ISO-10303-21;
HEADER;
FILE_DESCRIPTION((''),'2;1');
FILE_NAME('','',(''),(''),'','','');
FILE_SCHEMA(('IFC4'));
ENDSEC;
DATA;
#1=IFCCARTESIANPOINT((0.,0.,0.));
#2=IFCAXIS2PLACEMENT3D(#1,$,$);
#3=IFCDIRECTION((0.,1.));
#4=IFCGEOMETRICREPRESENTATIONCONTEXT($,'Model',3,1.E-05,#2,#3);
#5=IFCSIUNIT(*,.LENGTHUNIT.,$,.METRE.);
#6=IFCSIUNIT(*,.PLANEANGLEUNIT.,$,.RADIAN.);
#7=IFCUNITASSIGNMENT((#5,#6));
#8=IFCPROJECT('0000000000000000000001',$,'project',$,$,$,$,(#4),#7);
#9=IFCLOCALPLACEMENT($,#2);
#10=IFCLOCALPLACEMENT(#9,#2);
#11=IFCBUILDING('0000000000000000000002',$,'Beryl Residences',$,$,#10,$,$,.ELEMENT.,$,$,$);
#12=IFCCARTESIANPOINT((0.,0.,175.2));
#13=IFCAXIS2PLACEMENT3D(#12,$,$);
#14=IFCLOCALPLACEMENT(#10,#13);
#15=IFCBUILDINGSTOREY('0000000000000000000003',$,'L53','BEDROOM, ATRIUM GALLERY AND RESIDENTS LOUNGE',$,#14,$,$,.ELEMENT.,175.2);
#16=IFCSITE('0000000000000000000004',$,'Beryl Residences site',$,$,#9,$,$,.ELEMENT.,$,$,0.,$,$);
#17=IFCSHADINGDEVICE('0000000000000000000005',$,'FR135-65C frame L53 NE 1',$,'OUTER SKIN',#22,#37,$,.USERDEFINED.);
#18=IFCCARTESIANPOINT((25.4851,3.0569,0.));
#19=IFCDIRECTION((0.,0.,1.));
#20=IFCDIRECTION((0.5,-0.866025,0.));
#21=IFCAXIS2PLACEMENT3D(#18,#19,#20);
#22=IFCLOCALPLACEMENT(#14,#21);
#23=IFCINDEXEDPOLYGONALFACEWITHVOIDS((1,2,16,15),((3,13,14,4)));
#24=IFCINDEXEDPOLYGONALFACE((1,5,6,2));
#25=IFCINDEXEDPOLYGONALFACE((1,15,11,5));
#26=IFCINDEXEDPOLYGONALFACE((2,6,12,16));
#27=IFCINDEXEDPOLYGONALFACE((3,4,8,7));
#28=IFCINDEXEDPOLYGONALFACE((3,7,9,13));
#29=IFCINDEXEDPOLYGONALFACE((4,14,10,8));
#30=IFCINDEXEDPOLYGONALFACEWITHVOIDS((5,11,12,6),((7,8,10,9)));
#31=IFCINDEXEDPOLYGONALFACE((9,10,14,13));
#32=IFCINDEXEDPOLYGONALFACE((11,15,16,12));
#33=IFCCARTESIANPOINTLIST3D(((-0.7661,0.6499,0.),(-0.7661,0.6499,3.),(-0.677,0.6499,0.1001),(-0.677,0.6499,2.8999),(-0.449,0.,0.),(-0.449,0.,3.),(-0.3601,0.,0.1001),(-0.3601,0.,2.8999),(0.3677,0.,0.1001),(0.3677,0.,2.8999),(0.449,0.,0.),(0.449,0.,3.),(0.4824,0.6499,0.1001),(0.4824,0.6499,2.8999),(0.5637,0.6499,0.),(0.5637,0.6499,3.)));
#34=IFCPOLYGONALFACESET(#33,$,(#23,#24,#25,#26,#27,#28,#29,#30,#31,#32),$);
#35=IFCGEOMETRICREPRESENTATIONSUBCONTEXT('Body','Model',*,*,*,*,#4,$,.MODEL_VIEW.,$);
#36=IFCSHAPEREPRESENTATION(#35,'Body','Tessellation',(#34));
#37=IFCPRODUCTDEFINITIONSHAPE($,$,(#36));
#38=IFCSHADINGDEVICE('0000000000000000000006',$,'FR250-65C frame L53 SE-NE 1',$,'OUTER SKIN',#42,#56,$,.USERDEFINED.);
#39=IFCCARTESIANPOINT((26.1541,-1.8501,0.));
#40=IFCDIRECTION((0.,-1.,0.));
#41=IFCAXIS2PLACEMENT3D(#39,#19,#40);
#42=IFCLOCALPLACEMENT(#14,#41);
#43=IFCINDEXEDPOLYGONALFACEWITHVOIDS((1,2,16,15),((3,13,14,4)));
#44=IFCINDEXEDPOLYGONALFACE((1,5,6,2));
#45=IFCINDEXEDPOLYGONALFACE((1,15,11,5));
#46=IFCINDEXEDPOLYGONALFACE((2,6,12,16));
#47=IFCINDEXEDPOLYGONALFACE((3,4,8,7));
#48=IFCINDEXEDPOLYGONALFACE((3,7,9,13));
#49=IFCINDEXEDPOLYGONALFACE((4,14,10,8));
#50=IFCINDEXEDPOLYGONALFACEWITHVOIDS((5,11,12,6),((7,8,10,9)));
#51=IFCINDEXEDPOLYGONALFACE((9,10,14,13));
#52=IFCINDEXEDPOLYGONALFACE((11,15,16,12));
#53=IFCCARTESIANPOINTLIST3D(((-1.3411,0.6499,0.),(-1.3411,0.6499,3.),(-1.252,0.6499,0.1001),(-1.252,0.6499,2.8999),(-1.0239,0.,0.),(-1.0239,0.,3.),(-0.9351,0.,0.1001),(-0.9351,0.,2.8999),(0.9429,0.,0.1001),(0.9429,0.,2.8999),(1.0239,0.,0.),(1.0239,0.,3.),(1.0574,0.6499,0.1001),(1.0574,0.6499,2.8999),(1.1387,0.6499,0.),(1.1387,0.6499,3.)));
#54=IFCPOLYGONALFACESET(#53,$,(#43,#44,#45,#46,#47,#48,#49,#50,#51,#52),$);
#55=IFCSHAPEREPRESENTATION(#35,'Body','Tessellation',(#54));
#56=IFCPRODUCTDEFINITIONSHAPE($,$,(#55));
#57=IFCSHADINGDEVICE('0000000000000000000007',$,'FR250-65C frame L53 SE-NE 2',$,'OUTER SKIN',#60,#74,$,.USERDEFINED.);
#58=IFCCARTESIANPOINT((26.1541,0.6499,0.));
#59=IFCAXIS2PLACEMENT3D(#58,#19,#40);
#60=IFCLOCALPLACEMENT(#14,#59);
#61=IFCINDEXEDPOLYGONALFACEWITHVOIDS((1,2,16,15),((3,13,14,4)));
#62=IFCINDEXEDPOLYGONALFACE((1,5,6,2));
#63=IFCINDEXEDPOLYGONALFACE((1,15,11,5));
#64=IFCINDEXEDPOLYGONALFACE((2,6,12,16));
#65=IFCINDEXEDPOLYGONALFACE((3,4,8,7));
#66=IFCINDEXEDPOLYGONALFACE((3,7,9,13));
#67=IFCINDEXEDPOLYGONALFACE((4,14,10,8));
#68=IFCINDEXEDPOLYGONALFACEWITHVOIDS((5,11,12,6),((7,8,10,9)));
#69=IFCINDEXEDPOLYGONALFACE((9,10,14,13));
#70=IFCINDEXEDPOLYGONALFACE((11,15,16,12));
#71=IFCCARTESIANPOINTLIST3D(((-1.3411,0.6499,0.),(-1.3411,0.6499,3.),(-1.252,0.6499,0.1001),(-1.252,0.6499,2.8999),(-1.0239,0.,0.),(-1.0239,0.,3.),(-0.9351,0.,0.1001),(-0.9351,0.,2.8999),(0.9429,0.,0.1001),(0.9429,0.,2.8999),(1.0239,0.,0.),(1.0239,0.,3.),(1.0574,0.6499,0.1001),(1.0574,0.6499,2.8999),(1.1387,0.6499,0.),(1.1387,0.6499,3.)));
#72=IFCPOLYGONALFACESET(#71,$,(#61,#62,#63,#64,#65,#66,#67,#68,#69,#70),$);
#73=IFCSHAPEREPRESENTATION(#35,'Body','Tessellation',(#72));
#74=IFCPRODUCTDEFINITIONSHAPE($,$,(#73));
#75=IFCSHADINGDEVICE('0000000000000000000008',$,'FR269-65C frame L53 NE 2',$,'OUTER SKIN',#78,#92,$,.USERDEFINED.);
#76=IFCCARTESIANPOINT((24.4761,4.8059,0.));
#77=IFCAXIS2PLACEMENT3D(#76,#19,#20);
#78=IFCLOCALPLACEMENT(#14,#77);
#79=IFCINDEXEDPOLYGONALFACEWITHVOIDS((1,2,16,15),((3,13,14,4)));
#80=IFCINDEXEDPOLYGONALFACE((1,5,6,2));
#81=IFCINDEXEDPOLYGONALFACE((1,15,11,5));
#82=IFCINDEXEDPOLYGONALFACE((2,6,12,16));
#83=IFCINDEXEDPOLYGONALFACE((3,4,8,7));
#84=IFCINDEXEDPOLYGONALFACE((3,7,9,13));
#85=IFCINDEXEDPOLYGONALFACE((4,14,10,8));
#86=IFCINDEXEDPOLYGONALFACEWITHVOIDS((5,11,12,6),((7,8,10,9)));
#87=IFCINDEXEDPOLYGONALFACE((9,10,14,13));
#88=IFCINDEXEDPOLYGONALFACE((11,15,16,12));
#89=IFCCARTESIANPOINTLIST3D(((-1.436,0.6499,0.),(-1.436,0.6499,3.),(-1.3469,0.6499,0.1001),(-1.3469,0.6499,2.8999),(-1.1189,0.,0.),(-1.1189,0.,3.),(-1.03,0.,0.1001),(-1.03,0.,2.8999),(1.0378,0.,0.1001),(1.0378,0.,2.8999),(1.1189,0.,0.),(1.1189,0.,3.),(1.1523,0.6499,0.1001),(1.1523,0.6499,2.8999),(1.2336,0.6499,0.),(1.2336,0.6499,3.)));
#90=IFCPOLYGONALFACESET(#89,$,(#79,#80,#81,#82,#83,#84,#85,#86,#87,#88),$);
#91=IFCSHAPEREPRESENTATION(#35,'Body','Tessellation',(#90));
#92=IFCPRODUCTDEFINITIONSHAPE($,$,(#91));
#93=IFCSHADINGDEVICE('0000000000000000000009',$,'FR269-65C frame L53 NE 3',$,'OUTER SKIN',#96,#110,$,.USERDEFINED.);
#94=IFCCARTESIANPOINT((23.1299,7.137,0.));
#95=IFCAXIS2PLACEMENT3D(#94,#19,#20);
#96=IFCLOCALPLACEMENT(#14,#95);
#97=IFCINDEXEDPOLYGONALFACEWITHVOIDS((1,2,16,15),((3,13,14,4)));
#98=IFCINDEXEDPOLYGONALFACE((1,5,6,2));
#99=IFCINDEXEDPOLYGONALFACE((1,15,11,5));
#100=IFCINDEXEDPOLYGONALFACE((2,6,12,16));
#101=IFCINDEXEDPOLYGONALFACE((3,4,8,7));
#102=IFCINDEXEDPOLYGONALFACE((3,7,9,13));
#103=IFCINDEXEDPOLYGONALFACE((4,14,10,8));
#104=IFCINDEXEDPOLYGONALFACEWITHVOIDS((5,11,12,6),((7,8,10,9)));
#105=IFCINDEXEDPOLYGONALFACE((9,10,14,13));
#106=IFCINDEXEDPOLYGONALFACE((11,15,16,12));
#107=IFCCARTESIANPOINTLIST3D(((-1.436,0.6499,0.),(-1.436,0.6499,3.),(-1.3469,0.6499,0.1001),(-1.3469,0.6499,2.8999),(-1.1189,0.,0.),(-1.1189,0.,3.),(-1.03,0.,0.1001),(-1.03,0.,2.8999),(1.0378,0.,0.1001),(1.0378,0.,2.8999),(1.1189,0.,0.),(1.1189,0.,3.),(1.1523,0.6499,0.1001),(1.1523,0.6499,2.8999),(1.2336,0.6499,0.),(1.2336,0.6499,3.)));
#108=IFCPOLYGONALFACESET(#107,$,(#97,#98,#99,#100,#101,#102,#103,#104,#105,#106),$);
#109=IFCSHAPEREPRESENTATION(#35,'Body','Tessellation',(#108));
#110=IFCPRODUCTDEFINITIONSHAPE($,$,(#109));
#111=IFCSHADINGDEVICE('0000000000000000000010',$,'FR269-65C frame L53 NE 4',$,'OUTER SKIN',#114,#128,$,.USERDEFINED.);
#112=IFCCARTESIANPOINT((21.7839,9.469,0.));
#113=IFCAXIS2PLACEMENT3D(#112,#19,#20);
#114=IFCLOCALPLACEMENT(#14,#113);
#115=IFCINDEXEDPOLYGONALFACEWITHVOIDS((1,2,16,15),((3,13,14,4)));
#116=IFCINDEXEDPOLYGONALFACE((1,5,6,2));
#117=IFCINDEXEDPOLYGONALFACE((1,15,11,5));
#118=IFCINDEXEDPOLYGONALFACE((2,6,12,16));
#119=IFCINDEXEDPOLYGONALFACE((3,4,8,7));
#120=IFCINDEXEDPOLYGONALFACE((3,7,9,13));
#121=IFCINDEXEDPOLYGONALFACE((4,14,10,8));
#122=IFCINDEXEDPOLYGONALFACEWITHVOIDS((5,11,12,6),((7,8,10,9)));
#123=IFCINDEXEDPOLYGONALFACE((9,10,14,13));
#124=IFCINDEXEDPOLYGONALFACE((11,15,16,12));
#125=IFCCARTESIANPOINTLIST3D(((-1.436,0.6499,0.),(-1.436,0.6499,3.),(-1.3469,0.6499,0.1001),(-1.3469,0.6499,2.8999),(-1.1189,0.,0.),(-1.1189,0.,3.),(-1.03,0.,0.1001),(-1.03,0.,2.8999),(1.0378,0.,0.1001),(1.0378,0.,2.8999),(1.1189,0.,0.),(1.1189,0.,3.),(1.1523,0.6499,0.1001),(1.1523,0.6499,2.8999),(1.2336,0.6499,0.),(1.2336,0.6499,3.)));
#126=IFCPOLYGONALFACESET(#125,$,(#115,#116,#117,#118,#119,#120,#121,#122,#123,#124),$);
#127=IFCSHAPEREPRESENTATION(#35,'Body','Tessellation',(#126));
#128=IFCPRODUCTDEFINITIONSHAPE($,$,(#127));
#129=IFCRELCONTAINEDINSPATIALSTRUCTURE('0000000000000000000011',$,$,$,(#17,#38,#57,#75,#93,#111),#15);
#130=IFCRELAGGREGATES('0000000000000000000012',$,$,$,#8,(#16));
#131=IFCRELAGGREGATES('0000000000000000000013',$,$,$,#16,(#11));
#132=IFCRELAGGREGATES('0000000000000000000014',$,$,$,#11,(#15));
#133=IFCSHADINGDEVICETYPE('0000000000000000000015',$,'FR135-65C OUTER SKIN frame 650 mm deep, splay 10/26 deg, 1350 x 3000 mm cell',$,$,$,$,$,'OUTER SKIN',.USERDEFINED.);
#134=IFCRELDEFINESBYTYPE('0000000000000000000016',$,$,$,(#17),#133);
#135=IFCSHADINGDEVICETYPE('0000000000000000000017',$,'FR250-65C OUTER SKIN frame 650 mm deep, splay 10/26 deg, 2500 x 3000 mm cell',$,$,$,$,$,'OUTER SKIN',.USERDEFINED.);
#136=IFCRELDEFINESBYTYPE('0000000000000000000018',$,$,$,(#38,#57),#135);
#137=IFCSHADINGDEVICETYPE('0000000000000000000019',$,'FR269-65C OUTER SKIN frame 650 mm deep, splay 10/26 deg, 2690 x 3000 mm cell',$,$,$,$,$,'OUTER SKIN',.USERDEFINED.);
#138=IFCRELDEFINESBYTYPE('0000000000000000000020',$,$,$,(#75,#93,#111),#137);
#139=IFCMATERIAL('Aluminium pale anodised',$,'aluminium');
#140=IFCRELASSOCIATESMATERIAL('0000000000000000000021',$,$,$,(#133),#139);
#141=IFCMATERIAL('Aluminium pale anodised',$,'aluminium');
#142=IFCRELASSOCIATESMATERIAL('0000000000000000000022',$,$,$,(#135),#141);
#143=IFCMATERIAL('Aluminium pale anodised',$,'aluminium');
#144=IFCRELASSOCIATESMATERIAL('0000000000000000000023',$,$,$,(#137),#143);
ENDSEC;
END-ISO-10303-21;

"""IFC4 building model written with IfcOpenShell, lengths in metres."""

from ifc_helpers import new_model, entity, si_unit, direction, frame, origin, place, context, subcontext, project, spatial, source, transform, mapped, material, type_object, type_shapes, element, save


model = new_model("IFC4")

# Units and contexts
model_context = context("Model", 3, precision=1e-05, world=origin(), true_north=direction((0.0, 1.0)))
body_context = subcontext(model_context, "Body", "Model", "MODEL_VIEW")
ifc_project = project(units=[si_unit("LENGTHUNIT", "METRE"), si_unit("PLANEANGLEUNIT", "RADIAN")], contexts=[model_context])

# Site, building, storey
site_placement = place(None, origin())
site = spatial("IfcSite", under=ifc_project, at=site_placement, Name="Beryl Residences site", CompositionType="ELEMENT", RefElevation=0.0)
building_placement = place(site_placement, origin())
building = spatial("IfcBuilding", under=site, at=building_placement, Name="Beryl Residences", CompositionType="ELEMENT")
storey_placement = place(building_placement, frame((0.0, 0.0, 175.2)))
storey = spatial("IfcBuildingStorey", under=building, at=storey_placement, Name="L53", Description="BEDROOM, ATRIUM GALLERY AND RESIDENTS LOUNGE", CompositionType="ELEMENT", Elevation=175.2)

# Shading devices
ifc_material_1 = material(Name="Aluminium pale anodised", Category="aluminium")
shading_device_type_1 = type_object("IfcShadingDeviceType", Name="FR135-65C OUTER SKIN frame 650 mm deep, splay 10/26 deg, 1350 x 3000 mm cell", ElementType="OUTER SKIN", PredefinedType="USERDEFINED", material=ifc_material_1)
cartesian_point_1 = entity("IfcCartesianPoint", [-0.449, 0.0])
cartesian_point_2 = entity("IfcCartesianPoint", [-0.3677, 0.1001])
cartesian_point_3 = entity("IfcCartesianPoint", [-0.5637, 0.0])
cartesian_point_4 = entity("IfcCartesianPoint", [-0.4824, 0.1001])
shared_shape_1 = source(origin(), body_context, "Body", "SweptSolid", [
    entity("IfcExtrudedAreaSolidTapered", entity("IfcArbitraryProfileDefWithVoids", "AREA", None, entity("IfcPolyline", [cartesian_point_1, entity("IfcCartesianPoint", [0.449, 0.0]), entity("IfcCartesianPoint", [0.449, 3.0]), entity("IfcCartesianPoint", [-0.449, 3.0]), cartesian_point_1]), [entity("IfcPolyline", [cartesian_point_2, entity("IfcCartesianPoint", [0.3601, 0.1001]), entity("IfcCartesianPoint", [0.3601, 2.8999]), entity("IfcCartesianPoint", [-0.3677, 2.8999]), cartesian_point_2])]), entity("IfcAxis2Placement3D", entity("IfcCartesianPoint", [0.0, 0.0, 0.0]), entity("IfcDirection", [0.0, 1.0, 0.0]), entity("IfcDirection", [-1.0, 0.0, 0.0])), entity("IfcDirection", [0.0, 0.0, 1.0]), 0.6499, entity("IfcArbitraryProfileDefWithVoids", "AREA", None, entity("IfcPolyline", [cartesian_point_3, entity("IfcCartesianPoint", [0.7661, 0.0]), entity("IfcCartesianPoint", [0.7661, 3.0]), entity("IfcCartesianPoint", [-0.5637, 3.0]), cartesian_point_3]), [entity("IfcPolyline", [cartesian_point_4, entity("IfcCartesianPoint", [0.677, 0.1001]), entity("IfcCartesianPoint", [0.677, 2.8999]), entity("IfcCartesianPoint", [-0.4824, 2.8999]), cartesian_point_4])])),
])
type_shapes(shading_device_type_1, [shared_shape_1])
shading_device_placement = place(storey_placement, frame((25.4851, 3.0569, 0.0), z_axis=(0.0, 0.0, 1.0), x_axis=(0.5, -0.866025, 0.0)))
element("IfcShadingDevice", 1, at=shading_device_placement, inside=storey, type_object=shading_device_type_1, Name="FR135-65C frame L53 NE 1", ObjectType="OUTER SKIN", PredefinedType="USERDEFINED", context=body_context, shape_type="MappedRepresentation", body=[
    mapped(shared_shape_1, transform((0.0, 0.0, 0.0))),
])
ifc_material_2 = material(Name="Aluminium pale anodised", Category="aluminium")
shading_device_type_2 = type_object("IfcShadingDeviceType", Name="FR250-65C OUTER SKIN frame 650 mm deep, splay 10/26 deg, 2500 x 3000 mm cell", ElementType="OUTER SKIN", PredefinedType="USERDEFINED", material=ifc_material_2)
cartesian_point_5 = entity("IfcCartesianPoint", [-1.0239, 0.0])
cartesian_point_6 = entity("IfcCartesianPoint", [-0.9429, 0.1001])
cartesian_point_7 = entity("IfcCartesianPoint", [-1.1387, 0.0])
cartesian_point_8 = entity("IfcCartesianPoint", [-1.0574, 0.1001])
shared_shape_2 = source(origin(), body_context, "Body", "SweptSolid", [
    entity("IfcExtrudedAreaSolidTapered", entity("IfcArbitraryProfileDefWithVoids", "AREA", None, entity("IfcPolyline", [cartesian_point_5, entity("IfcCartesianPoint", [1.0239, 0.0]), entity("IfcCartesianPoint", [1.0239, 3.0]), entity("IfcCartesianPoint", [-1.0239, 3.0]), cartesian_point_5]), [entity("IfcPolyline", [cartesian_point_6, entity("IfcCartesianPoint", [0.9351, 0.1001]), entity("IfcCartesianPoint", [0.9351, 2.8999]), entity("IfcCartesianPoint", [-0.9429, 2.8999]), cartesian_point_6])]), entity("IfcAxis2Placement3D", entity("IfcCartesianPoint", [0.0, 0.0, 0.0]), entity("IfcDirection", [0.0, 1.0, 0.0]), entity("IfcDirection", [-1.0, 0.0, 0.0])), entity("IfcDirection", [0.0, 0.0, 1.0]), 0.6499, entity("IfcArbitraryProfileDefWithVoids", "AREA", None, entity("IfcPolyline", [cartesian_point_7, entity("IfcCartesianPoint", [1.3411, 0.0]), entity("IfcCartesianPoint", [1.3411, 3.0]), entity("IfcCartesianPoint", [-1.1387, 3.0]), cartesian_point_7]), [entity("IfcPolyline", [cartesian_point_8, entity("IfcCartesianPoint", [1.252, 0.1001]), entity("IfcCartesianPoint", [1.252, 2.8999]), entity("IfcCartesianPoint", [-1.0574, 2.8999]), cartesian_point_8])])),
])
type_shapes(shading_device_type_2, [shared_shape_2])
for number, where, z_axis, x_axis, name in (
    (2, (26.1541, -1.8501, 0.0), (0.0, 0.0, 1.0), (0.0, -1.0, 0.0), "FR250-65C frame L53 SE-NE 1"),
    (3, (26.1541, 0.6499, 0.0), (0.0, 0.0, 1.0), (0.0, -1.0, 0.0), "FR250-65C frame L53 SE-NE 2"),
):
    element("IfcShadingDevice", number, at=place(storey_placement, frame(where, z_axis=z_axis, x_axis=x_axis)), inside=storey, type_object=shading_device_type_2, Name=name, ObjectType="OUTER SKIN", PredefinedType="USERDEFINED", context=body_context, shape_type="MappedRepresentation", body=[
        mapped(shared_shape_2, transform((0.0, 0.0, 0.0))),
    ])
ifc_material_3 = material(Name="Aluminium pale anodised", Category="aluminium")
shading_device_type_3 = type_object("IfcShadingDeviceType", Name="FR269-65C OUTER SKIN frame 650 mm deep, splay 10/26 deg, 2690 x 3000 mm cell", ElementType="OUTER SKIN", PredefinedType="USERDEFINED", material=ifc_material_3)
cartesian_point_9 = entity("IfcCartesianPoint", [-1.1189, 0.0])
cartesian_point_10 = entity("IfcCartesianPoint", [-1.0378, 0.1001])
cartesian_point_11 = entity("IfcCartesianPoint", [-1.2336, 0.0])
cartesian_point_12 = entity("IfcCartesianPoint", [-1.1523, 0.1001])
shared_shape_3 = source(origin(), body_context, "Body", "SweptSolid", [
    entity("IfcExtrudedAreaSolidTapered", entity("IfcArbitraryProfileDefWithVoids", "AREA", None, entity("IfcPolyline", [cartesian_point_9, entity("IfcCartesianPoint", [1.1189, 0.0]), entity("IfcCartesianPoint", [1.1189, 3.0]), entity("IfcCartesianPoint", [-1.1189, 3.0]), cartesian_point_9]), [entity("IfcPolyline", [cartesian_point_10, entity("IfcCartesianPoint", [1.03, 0.1001]), entity("IfcCartesianPoint", [1.03, 2.8999]), entity("IfcCartesianPoint", [-1.0378, 2.8999]), cartesian_point_10])]), entity("IfcAxis2Placement3D", entity("IfcCartesianPoint", [0.0, 0.0, 0.0]), entity("IfcDirection", [0.0, 1.0, 0.0]), entity("IfcDirection", [-1.0, 0.0, 0.0])), entity("IfcDirection", [0.0, 0.0, 1.0]), 0.6499, entity("IfcArbitraryProfileDefWithVoids", "AREA", None, entity("IfcPolyline", [cartesian_point_11, entity("IfcCartesianPoint", [1.436, 0.0]), entity("IfcCartesianPoint", [1.436, 3.0]), entity("IfcCartesianPoint", [-1.2336, 3.0]), cartesian_point_11]), [entity("IfcPolyline", [cartesian_point_12, entity("IfcCartesianPoint", [1.3469, 0.1001]), entity("IfcCartesianPoint", [1.3469, 2.8999]), entity("IfcCartesianPoint", [-1.1523, 2.8999]), cartesian_point_12])])),
])
type_shapes(shading_device_type_3, [shared_shape_3])
for number, where, z_axis, x_axis, name in (
    (4, (24.4761, 4.8059, 0.0), (0.0, 0.0, 1.0), (0.5, -0.866025, 0.0), "FR269-65C frame L53 NE 2"),
    (5, (23.1299, 7.137, 0.0), (0.0, 0.0, 1.0), (0.5, -0.866025, 0.0), "FR269-65C frame L53 NE 3"),
    (6, (21.7839, 9.469, 0.0), (0.0, 0.0, 1.0), (0.5, -0.866025, 0.0), "FR269-65C frame L53 NE 4"),
):
    element("IfcShadingDevice", number, at=place(storey_placement, frame(where, z_axis=z_axis, x_axis=x_axis)), inside=storey, type_object=shading_device_type_3, Name=name, ObjectType="OUTER SKIN", PredefinedType="USERDEFINED", context=body_context, shape_type="MappedRepresentation", body=[
        mapped(shared_shape_3, transform((0.0, 0.0, 0.0))),
    ])

save(model, "model.ifc")
